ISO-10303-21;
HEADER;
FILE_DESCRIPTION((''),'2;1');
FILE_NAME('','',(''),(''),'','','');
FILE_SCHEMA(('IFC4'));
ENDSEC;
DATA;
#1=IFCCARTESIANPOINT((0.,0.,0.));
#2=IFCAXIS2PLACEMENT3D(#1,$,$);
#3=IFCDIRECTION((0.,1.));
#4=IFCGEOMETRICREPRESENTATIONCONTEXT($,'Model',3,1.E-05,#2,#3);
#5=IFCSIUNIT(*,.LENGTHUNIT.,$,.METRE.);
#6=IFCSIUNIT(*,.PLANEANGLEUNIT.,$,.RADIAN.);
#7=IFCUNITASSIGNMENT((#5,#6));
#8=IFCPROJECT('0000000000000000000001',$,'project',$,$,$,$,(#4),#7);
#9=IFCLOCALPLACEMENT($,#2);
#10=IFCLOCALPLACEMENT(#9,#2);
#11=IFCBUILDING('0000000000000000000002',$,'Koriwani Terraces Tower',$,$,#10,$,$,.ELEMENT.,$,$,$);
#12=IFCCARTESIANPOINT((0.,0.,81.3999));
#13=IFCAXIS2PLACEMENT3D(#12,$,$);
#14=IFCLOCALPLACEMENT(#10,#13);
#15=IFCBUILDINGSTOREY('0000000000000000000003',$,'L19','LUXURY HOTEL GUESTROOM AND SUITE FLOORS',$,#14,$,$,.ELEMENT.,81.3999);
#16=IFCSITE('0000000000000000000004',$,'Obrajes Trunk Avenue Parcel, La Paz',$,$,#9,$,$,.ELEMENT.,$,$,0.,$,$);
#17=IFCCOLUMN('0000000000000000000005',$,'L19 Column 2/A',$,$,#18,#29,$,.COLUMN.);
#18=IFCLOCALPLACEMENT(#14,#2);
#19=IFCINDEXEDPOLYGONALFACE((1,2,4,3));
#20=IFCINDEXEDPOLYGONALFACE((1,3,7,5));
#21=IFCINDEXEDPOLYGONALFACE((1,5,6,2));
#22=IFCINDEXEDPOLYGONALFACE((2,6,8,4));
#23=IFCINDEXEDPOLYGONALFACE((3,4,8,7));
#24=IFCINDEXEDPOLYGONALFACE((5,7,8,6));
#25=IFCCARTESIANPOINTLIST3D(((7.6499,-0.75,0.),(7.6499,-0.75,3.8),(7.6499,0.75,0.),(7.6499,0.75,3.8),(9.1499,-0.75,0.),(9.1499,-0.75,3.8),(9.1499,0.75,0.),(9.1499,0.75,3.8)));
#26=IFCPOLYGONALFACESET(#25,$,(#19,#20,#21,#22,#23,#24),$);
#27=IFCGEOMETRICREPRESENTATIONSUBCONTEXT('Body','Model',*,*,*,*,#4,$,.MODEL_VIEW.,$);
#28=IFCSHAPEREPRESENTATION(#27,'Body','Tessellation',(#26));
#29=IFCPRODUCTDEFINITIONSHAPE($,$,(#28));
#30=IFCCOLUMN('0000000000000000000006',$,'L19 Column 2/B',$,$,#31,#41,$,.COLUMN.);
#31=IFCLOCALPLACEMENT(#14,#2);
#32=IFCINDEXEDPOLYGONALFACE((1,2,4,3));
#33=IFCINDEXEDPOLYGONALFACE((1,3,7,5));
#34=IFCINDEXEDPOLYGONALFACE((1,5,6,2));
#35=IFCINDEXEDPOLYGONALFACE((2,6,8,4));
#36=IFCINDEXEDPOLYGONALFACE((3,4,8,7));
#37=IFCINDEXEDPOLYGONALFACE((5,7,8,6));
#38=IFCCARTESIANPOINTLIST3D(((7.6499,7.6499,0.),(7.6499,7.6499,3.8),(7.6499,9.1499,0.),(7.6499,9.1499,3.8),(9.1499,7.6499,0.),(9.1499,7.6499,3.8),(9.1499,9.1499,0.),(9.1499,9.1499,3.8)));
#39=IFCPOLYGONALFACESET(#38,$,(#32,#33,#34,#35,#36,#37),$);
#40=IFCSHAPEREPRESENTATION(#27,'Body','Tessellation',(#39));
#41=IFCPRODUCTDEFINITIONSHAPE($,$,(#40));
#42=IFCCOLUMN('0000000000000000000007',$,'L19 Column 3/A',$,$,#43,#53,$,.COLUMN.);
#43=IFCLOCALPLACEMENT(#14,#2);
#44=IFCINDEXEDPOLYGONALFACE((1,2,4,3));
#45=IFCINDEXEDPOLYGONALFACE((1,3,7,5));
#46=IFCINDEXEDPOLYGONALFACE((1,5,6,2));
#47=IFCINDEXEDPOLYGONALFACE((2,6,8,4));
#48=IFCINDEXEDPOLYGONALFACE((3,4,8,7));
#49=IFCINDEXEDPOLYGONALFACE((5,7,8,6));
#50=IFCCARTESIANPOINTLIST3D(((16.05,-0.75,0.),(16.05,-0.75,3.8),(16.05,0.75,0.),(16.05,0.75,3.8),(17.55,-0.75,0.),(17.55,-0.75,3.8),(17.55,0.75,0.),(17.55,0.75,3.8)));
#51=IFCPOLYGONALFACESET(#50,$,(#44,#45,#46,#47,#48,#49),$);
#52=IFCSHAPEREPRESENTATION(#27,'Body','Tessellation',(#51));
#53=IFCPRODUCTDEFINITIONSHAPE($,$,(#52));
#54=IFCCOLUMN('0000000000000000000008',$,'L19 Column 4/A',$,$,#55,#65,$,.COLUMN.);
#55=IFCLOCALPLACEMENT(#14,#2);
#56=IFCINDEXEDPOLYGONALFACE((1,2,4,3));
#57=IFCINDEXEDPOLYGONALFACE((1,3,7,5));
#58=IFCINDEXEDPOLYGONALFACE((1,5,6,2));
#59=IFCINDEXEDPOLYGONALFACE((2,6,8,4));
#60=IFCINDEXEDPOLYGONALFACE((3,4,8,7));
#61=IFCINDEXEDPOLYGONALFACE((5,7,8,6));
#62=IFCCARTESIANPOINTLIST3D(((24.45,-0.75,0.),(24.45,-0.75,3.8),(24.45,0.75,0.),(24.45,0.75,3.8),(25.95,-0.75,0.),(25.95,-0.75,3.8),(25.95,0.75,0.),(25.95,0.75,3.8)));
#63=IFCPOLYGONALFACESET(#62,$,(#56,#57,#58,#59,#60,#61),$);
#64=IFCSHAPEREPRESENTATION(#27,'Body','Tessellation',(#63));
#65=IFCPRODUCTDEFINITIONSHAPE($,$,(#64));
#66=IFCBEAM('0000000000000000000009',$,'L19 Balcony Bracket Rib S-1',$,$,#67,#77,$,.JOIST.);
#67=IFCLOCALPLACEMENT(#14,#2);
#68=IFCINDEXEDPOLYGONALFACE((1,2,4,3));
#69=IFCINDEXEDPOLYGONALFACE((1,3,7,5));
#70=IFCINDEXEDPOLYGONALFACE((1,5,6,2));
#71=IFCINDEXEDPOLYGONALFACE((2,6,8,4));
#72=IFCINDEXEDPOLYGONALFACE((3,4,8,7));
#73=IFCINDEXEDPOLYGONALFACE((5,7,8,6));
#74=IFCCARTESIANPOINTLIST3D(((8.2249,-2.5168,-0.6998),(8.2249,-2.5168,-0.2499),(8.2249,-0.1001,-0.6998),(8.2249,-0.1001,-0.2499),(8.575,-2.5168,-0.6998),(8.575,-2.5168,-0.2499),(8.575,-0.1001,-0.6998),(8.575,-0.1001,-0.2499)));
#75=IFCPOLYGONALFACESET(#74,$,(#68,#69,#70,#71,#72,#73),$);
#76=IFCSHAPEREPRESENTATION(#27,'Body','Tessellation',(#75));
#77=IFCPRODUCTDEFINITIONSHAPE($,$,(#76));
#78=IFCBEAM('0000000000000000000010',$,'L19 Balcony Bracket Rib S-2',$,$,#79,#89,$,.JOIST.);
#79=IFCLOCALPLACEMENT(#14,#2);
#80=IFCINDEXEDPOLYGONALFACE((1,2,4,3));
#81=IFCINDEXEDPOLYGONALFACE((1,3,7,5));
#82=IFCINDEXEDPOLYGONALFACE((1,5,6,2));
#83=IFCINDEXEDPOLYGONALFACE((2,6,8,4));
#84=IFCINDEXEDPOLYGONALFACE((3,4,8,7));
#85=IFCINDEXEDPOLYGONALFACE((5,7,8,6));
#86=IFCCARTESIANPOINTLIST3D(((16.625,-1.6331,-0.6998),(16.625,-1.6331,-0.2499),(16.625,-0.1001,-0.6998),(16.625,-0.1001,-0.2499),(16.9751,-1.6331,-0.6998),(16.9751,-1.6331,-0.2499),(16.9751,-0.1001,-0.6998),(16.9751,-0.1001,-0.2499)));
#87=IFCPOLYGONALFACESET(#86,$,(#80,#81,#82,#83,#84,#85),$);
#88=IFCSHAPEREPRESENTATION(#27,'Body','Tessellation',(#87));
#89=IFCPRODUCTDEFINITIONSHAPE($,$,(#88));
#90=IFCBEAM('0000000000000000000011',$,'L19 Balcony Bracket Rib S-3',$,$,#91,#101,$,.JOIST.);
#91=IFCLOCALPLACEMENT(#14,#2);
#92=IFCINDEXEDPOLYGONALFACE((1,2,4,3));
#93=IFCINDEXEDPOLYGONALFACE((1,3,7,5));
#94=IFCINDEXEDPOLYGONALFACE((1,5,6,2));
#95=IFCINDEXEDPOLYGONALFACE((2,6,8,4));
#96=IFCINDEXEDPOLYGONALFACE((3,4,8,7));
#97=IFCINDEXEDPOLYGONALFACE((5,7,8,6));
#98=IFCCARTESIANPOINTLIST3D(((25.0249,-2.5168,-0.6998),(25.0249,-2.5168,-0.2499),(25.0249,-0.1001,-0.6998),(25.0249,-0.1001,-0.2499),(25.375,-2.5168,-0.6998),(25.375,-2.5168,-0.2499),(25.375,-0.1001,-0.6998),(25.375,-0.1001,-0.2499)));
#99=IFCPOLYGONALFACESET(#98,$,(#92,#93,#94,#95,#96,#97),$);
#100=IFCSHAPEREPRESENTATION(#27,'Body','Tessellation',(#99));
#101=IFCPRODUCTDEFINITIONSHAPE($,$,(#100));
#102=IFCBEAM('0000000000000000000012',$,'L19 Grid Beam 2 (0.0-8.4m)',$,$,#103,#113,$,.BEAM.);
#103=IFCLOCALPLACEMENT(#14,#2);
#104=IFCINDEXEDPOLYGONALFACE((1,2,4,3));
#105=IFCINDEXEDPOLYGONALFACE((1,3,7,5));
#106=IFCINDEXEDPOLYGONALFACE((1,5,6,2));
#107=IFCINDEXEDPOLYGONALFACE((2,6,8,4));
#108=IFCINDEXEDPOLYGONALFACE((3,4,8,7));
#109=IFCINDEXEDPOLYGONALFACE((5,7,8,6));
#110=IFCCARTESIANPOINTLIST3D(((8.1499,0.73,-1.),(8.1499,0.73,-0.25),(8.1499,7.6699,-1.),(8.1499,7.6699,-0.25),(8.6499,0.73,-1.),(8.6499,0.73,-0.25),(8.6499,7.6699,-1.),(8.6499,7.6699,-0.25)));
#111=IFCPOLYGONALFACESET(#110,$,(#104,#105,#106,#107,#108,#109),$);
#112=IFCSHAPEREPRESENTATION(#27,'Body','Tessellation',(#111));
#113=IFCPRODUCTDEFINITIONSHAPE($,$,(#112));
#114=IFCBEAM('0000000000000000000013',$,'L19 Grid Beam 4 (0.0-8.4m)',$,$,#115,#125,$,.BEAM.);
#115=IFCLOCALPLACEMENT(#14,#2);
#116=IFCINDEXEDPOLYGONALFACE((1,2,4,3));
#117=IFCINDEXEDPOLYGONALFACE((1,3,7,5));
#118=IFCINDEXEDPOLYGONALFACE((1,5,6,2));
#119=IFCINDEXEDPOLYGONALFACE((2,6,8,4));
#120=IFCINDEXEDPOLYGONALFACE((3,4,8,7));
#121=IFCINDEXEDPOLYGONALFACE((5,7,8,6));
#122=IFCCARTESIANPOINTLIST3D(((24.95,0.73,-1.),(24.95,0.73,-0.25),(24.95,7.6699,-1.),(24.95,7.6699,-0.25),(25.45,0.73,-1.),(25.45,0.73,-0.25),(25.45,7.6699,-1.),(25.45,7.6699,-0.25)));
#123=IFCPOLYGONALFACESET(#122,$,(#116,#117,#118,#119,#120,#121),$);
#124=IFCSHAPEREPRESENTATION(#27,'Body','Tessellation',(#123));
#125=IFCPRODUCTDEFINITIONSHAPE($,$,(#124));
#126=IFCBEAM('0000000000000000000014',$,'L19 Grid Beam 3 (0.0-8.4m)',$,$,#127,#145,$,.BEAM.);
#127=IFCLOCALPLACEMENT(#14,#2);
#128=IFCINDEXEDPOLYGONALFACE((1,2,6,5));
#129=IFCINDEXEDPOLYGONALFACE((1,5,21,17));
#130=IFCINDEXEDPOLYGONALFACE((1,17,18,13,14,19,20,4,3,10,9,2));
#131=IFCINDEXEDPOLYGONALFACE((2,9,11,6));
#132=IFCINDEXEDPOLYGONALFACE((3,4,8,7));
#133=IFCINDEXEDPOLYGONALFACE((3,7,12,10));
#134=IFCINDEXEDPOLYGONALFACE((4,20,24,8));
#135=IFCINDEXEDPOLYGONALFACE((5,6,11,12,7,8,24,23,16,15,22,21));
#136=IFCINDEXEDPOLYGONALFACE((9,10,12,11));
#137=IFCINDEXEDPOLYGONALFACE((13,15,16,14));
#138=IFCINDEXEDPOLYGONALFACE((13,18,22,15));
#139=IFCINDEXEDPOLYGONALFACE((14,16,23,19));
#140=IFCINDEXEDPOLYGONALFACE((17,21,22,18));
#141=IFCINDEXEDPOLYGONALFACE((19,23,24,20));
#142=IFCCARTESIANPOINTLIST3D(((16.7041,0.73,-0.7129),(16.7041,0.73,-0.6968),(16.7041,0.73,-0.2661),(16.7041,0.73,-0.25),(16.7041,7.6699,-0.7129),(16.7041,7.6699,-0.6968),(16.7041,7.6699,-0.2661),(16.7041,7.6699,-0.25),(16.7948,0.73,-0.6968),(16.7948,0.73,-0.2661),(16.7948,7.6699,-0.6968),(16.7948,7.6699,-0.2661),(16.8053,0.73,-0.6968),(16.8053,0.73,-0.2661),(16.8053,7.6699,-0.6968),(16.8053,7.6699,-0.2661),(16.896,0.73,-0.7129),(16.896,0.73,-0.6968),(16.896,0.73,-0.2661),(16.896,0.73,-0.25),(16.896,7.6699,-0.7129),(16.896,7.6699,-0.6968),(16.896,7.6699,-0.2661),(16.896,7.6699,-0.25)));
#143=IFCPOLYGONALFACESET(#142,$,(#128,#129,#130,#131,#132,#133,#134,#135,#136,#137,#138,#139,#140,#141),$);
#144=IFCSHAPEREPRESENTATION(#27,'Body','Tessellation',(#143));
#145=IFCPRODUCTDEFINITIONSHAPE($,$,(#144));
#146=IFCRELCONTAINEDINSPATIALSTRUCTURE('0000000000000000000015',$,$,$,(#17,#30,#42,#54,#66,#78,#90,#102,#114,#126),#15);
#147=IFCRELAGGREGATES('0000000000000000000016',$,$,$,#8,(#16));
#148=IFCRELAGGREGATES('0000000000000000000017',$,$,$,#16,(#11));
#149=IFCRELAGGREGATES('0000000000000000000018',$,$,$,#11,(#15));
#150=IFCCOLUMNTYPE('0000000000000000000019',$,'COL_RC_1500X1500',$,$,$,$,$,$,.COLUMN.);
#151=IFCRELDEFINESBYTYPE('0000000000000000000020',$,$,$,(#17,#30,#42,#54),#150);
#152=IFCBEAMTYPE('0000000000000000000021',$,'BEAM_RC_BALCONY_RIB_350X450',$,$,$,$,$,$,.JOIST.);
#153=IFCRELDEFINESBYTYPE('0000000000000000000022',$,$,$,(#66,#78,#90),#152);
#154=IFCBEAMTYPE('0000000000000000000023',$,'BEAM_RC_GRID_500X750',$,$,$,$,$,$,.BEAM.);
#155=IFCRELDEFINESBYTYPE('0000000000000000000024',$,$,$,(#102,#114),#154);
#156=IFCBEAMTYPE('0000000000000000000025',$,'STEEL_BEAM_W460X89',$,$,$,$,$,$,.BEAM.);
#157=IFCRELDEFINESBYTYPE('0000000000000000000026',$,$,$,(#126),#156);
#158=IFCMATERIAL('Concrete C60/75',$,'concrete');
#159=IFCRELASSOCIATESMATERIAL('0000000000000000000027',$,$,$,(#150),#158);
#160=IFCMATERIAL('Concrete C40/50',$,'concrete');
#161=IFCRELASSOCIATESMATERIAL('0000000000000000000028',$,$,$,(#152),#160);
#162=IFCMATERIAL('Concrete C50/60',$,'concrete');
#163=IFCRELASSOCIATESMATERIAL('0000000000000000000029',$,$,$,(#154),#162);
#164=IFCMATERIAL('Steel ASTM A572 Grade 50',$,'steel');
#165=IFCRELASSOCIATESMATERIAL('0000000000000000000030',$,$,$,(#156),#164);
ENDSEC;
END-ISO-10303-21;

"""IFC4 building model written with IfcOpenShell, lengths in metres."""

from ifc_helpers import new_model, si_unit, direction, frame, origin, origin_2d, place, context, subcontext, project, spatial, rectangle, i_section, extrude, material, material_profile, profile_set, type_object, element, save


model = new_model("IFC4")

# Units and contexts
model_context = context("Model", 3, precision=1e-05, world=origin(), true_north=direction((0.0, 1.0)))
body_context = subcontext(model_context, "Body", "Model", "MODEL_VIEW")
ifc_project = project(units=[si_unit("LENGTHUNIT", "METRE"), si_unit("PLANEANGLEUNIT", "RADIAN")], contexts=[model_context])

# Site, building, storey
site_placement = place(None, origin())
site = spatial("IfcSite", under=ifc_project, at=site_placement, Name="Obrajes Trunk Avenue Parcel, La Paz", CompositionType="ELEMENT", RefElevation=0.0)
building_placement = place(site_placement, origin())
building = spatial("IfcBuilding", under=site, at=building_placement, Name="Koriwani Terraces Tower", CompositionType="ELEMENT")
storey_placement = place(building_placement, frame((0.0, 0.0, 81.3999)))
storey = spatial("IfcBuildingStorey", under=building, at=storey_placement, Name="L19", Description="LUXURY HOTEL GUESTROOM AND SUITE FLOORS", CompositionType="ELEMENT", Elevation=81.3999)

# Columns
ifc_material_1 = material(Name="Concrete C60/75", Category="concrete")
ifc_material_profile_1 = material_profile(ifc_material_1, rectangle(XDim=1.5, YDim=1.5, at=origin_2d()), Name="Concrete C60/75", Category="LoadBearing")
ifc_profile_set_1 = profile_set([ifc_material_profile_1], Name="Concrete C60/75")
column_type = type_object("IfcColumnType", Name="COL_RC_1500X1500", PredefinedType="COLUMN", material=ifc_profile_set_1)
for number, where, z_axis, x_axis, name in (
    (1, (8.3999, 0.0, 0.0), (0.0, 0.0, 1.0), (1.0, 0.0, 0.0), "L19 Column 2/A"),
    (2, (8.3999, 8.3999, 0.0), (0.0, 0.0, 1.0), (1.0, 0.0, 0.0), "L19 Column 2/B"),
    (3, (16.8, 0.0, 0.0), (0.0, 0.0, 1.0), (1.0, 0.0, 0.0), "L19 Column 3/A"),
    (4, (25.2, 0.0, 0.0), (0.0, 0.0, 1.0), (1.0, 0.0, 0.0), "L19 Column 4/A"),
):
    element("IfcColumn", number, at=place(storey_placement, frame(where, z_axis=z_axis, x_axis=x_axis)), inside=storey, type_object=column_type, Name=name, PredefinedType="COLUMN", context=body_context, shape_type="SweptSolid", body=[
        extrude(rectangle(XDim=1.5, YDim=1.5, at=origin_2d()), origin(), (0.0, 0.0, 1.0), 3.8),
    ])

# Beams
ifc_material_2 = material(Name="Concrete C40/50", Category="concrete")
ifc_material_profile_2 = material_profile(ifc_material_2, rectangle(XDim=0.3501, YDim=0.45, at=origin_2d()), Name="Concrete C40/50", Category="LoadBearing")
ifc_profile_set_2 = profile_set([ifc_material_profile_2], Name="Concrete C40/50")
beam_type_1 = type_object("IfcBeamType", Name="BEAM_RC_BALCONY_RIB_350X450", PredefinedType="JOIST", material=ifc_profile_set_2)
beam_1_placement = place(storey_placement, frame((8.3999, -2.5168, -0.4749), z_axis=(0.0, 1.0, 0.0), x_axis=(-1.0, 0.0, 0.0)))
element("IfcBeam", 5, at=beam_1_placement, inside=storey, type_object=beam_type_1, Name="L19 Balcony Bracket Rib S-1", PredefinedType="JOIST", context=body_context, shape_type="SweptSolid", body=[
    extrude(rectangle(XDim=0.3501, YDim=0.45, at=origin_2d()), origin(), (0.0, 0.0, 1.0), 2.4167),
])
beam_2_placement = place(storey_placement, frame((16.8, -1.6331, -0.4749), z_axis=(0.0, 1.0, 0.0), x_axis=(-1.0, 0.0, 0.0)))
element("IfcBeam", 6, at=beam_2_placement, inside=storey, type_object=beam_type_1, Name="L19 Balcony Bracket Rib S-2", PredefinedType="JOIST", context=body_context, shape_type="SweptSolid", body=[
    extrude(rectangle(XDim=0.3501, YDim=0.45, at=origin_2d()), origin(), (0.0, 0.0, 1.0), 1.533),
])
beam_3_placement = place(storey_placement, frame((25.2, -2.5168, -0.4749), z_axis=(0.0, 1.0, 0.0), x_axis=(-1.0, 0.0, 0.0)))
element("IfcBeam", 7, at=beam_3_placement, inside=storey, type_object=beam_type_1, Name="L19 Balcony Bracket Rib S-3", PredefinedType="JOIST", context=body_context, shape_type="SweptSolid", body=[
    extrude(rectangle(XDim=0.3501, YDim=0.45, at=origin_2d()), origin(), (0.0, 0.0, 1.0), 2.4167),
])
ifc_material_3 = material(Name="Concrete C50/60", Category="concrete")
ifc_material_profile_3 = material_profile(ifc_material_3, rectangle(XDim=0.5, YDim=0.75, at=origin_2d()), Name="Concrete C50/60", Category="LoadBearing")
ifc_profile_set_3 = profile_set([ifc_material_profile_3], Name="Concrete C50/60")
beam_type_2 = type_object("IfcBeamType", Name="BEAM_RC_GRID_500X750", PredefinedType="BEAM", material=ifc_profile_set_3)
for number, where, z_axis, x_axis, name in (
    (8, (8.3999, 0.73, -0.625), (0.0, 1.0, 0.0), (-1.0, 0.0, 0.0), "L19 Grid Beam 2 (0.0-8.4m)"),
    (9, (25.2, 0.73, -0.625), (0.0, 1.0, 0.0), (-1.0, 0.0, 0.0), "L19 Grid Beam 4 (0.0-8.4m)"),
):
    element("IfcBeam", number, at=place(storey_placement, frame(where, z_axis=z_axis, x_axis=x_axis)), inside=storey, type_object=beam_type_2, Name=name, PredefinedType="BEAM", context=body_context, shape_type="SweptSolid", body=[
        extrude(rectangle(XDim=0.5, YDim=0.75, at=origin_2d()), origin(), (0.0, 0.0, 1.0), 6.9399),
    ])
ifc_material_4 = material(Name="Steel ASTM A572 Grade 50", Category="steel")
ifc_material_profile_4 = material_profile(ifc_material_4, i_section(OverallWidth=0.1919, OverallDepth=0.4629, WebThickness=0.0105, FlangeThickness=0.0161, at=origin_2d()), Name="Steel ASTM A572 Grade 50", Category="LoadBearing")
ifc_profile_set_4 = profile_set([ifc_material_profile_4], Name="Steel ASTM A572 Grade 50")
beam_type_3 = type_object("IfcBeamType", Name="STEEL_BEAM_W460X89", PredefinedType="BEAM", material=ifc_profile_set_4)
beam_4_placement = place(storey_placement, frame((16.8, 0.73, -0.4814), z_axis=(0.0, 1.0, 0.0), x_axis=(-1.0, 0.0, 0.0)))
element("IfcBeam", 10, at=beam_4_placement, inside=storey, type_object=beam_type_3, Name="L19 Grid Beam 3 (0.0-8.4m)", PredefinedType="BEAM", context=body_context, shape_type="SweptSolid", body=[
    extrude(i_section(OverallWidth=0.1919, OverallDepth=0.4629, WebThickness=0.0105, FlangeThickness=0.0161, at=origin_2d()), origin(), (0.0, 0.0, 1.0), 6.9399),
])

save(model, "model.ifc")
